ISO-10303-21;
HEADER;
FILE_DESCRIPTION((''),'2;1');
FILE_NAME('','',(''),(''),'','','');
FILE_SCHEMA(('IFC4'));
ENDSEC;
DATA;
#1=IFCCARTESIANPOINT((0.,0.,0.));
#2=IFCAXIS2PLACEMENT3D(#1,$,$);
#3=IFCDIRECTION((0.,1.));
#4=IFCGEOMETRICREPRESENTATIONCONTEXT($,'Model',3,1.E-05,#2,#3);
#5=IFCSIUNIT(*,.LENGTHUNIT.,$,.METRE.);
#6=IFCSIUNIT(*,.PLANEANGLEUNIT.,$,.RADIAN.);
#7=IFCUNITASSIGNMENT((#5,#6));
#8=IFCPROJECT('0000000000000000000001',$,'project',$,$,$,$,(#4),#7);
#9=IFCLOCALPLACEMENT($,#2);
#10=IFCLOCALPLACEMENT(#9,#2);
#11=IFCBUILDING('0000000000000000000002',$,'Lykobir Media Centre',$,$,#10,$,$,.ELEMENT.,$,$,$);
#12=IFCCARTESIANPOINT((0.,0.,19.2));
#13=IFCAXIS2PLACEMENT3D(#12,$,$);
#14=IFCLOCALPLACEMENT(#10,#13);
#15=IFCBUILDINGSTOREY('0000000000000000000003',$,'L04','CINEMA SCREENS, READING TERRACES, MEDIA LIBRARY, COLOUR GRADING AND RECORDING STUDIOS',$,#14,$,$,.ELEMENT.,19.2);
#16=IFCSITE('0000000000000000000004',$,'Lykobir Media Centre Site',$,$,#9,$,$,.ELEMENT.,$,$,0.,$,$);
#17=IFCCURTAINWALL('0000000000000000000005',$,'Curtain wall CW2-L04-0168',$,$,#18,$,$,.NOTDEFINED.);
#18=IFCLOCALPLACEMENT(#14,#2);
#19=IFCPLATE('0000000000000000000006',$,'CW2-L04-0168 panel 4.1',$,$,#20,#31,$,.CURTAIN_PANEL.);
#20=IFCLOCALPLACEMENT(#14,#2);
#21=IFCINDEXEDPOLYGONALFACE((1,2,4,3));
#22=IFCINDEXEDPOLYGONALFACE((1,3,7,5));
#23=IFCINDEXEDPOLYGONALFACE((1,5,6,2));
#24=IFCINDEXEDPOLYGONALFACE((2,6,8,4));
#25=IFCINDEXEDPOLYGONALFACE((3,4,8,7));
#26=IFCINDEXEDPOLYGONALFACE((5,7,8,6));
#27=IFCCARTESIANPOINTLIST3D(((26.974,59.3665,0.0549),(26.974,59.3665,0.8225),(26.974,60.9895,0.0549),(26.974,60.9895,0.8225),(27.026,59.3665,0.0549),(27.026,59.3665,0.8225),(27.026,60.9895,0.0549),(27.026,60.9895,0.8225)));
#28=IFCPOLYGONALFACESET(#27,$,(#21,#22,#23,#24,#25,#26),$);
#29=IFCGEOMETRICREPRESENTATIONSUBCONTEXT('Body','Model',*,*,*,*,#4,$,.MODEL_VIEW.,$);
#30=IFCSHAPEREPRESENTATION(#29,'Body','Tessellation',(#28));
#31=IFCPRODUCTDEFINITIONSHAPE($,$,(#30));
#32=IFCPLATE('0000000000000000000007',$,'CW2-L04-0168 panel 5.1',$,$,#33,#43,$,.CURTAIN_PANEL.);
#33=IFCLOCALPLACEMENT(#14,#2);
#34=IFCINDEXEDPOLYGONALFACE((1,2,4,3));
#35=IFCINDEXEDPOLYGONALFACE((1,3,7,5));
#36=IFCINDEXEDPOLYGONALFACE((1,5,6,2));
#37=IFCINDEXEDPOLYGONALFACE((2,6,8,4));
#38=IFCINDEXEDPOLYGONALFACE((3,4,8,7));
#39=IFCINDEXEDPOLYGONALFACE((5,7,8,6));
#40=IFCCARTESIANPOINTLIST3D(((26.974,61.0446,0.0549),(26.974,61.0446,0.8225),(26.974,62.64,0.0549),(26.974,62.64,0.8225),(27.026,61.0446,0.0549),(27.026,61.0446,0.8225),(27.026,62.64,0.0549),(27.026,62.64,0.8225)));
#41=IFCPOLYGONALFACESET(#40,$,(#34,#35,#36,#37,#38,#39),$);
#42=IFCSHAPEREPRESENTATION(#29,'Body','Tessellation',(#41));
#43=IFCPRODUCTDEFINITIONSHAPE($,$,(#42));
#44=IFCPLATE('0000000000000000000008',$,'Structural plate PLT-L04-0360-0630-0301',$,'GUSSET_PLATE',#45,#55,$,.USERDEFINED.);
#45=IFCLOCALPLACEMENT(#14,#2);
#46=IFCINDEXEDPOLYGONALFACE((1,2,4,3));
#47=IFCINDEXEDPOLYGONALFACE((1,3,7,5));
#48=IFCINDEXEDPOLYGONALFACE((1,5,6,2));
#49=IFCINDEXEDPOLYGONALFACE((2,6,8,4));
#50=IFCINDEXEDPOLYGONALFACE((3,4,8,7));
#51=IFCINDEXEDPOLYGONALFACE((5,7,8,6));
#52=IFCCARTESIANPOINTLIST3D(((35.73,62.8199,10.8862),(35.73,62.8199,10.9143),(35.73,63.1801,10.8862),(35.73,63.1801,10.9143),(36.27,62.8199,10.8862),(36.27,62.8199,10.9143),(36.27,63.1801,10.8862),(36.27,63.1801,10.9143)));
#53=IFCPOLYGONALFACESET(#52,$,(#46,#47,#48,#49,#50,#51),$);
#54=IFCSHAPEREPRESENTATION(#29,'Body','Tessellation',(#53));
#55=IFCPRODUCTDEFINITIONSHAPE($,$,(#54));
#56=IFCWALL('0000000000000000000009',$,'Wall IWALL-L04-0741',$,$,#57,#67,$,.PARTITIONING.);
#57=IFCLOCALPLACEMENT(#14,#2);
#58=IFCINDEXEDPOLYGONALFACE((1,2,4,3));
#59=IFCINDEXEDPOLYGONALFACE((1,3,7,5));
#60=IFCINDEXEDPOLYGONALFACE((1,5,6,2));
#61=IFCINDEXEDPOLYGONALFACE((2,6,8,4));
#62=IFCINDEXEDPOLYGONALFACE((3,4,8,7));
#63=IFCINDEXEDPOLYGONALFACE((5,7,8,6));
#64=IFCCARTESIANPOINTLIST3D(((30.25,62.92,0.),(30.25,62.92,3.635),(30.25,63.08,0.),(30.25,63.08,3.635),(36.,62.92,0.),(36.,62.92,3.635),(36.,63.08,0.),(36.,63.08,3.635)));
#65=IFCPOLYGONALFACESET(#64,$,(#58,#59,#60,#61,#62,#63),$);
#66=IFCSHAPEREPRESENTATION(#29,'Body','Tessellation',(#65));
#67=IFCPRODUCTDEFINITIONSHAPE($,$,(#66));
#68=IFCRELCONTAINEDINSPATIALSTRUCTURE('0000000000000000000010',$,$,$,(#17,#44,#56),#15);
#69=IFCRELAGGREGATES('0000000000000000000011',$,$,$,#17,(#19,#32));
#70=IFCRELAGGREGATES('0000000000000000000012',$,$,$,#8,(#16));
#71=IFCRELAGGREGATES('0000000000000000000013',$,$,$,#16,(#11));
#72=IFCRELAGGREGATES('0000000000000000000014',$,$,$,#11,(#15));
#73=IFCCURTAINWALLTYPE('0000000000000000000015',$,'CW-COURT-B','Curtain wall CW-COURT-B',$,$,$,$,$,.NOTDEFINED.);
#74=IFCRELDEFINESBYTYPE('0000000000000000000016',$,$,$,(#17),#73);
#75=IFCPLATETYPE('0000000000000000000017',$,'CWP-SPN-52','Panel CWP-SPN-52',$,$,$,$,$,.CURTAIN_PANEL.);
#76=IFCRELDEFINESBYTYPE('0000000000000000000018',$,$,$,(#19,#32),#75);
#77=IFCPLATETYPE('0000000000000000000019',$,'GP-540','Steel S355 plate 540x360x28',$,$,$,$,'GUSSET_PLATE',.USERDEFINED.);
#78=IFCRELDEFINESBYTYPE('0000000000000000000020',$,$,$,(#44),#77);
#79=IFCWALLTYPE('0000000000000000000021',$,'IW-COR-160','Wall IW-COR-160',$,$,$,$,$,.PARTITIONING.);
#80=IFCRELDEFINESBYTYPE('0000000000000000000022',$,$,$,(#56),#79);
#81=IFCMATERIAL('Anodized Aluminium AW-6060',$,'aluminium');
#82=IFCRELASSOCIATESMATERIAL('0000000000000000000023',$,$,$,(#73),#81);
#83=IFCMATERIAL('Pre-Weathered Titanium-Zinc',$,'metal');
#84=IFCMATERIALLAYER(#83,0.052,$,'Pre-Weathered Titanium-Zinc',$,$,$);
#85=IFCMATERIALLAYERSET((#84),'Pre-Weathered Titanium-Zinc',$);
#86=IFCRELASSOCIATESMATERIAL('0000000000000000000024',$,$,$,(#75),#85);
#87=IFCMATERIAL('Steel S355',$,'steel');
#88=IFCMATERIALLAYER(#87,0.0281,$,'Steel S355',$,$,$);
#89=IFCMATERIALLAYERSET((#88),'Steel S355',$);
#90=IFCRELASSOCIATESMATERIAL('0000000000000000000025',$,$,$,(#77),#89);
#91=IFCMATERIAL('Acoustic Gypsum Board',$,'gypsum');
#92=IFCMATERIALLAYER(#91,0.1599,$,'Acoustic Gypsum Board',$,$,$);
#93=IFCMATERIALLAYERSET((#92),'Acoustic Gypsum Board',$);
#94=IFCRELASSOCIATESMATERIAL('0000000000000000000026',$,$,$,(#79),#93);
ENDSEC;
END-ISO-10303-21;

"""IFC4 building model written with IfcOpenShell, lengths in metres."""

from ifc_helpers import new_model, si_unit, direction, frame, frame_2d, origin, origin_2d, place, context, subcontext, project, spatial, rectangle, extrude, material, layer, layer_set, type_object, element, aggregate, save


model = new_model("IFC4")

# Units and contexts
model_context = context("Model", 3, precision=1e-05, world=origin(), true_north=direction((0.0, 1.0)))
body_context = subcontext(model_context, "Body", "Model", "MODEL_VIEW")
ifc_project = project(units=[si_unit("LENGTHUNIT", "METRE"), si_unit("PLANEANGLEUNIT", "RADIAN")], contexts=[model_context])

# Site, building, storey
site_placement = place(None, origin())
site = spatial("IfcSite", under=ifc_project, at=site_placement, Name="Lykobir Media Centre Site", CompositionType="ELEMENT", RefElevation=0.0)
building_placement = place(site_placement, origin())
building = spatial("IfcBuilding", under=site, at=building_placement, Name="Lykobir Media Centre", CompositionType="ELEMENT")
storey_placement = place(building_placement, frame((0.0, 0.0, 19.2)))
storey = spatial("IfcBuildingStorey", under=building, at=storey_placement, Name="L04", Description="CINEMA SCREENS, READING TERRACES, MEDIA LIBRARY, COLOUR GRADING AND RECORDING STUDIOS", CompositionType="ELEMENT", Elevation=19.2)

# Shared definitions
ifc_material_1 = material(Name="Steel S355", Category="steel")

# Curtain wall
ifc_material_2 = material(Name="Anodized Aluminium AW-6060", Category="aluminium")
curtain_wall_type = type_object("IfcCurtainWallType", Name="CW-COURT-B", Description="Curtain wall CW-COURT-B", PredefinedType="NOTDEFINED", material=ifc_material_2)
curtain_wall_1_placement = place(storey_placement, origin())
curtain_wall_1 = element("IfcCurtainWall", 1, at=curtain_wall_1_placement, inside=storey, type_object=curtain_wall_type, Name="Curtain wall CW2-L04-0168", PredefinedType="NOTDEFINED")

# Plates
ifc_material_3 = material(Name="Pre-Weathered Titanium-Zinc", Category="metal")
ifc_layer_1 = layer(ifc_material_3, 0.052, Name="Pre-Weathered Titanium-Zinc")
ifc_layer_set_1 = layer_set([ifc_layer_1], Name="Pre-Weathered Titanium-Zinc")
plate_type_1 = type_object("IfcPlateType", Name="CWP-SPN-52", Description="Panel CWP-SPN-52", PredefinedType="CURTAIN_PANEL", material=ifc_layer_set_1)
plate_1_placement = place(storey_placement, frame((27.0, 60.178, 0.0549), z_axis=(0.0, 0.0, 1.0), x_axis=(0.0, 1.0, 0.0)))
plate_1 = element("IfcPlate", 2, at=plate_1_placement, type_object=plate_type_1, Name="CW2-L04-0168 panel 4.1", PredefinedType="CURTAIN_PANEL", context=body_context, shape_type="SweptSolid", body=[
    extrude(rectangle(XDim=1.623, YDim=0.052, at=origin_2d()), origin(), (0.0, 0.0, 1.0), 0.7676),
])
plate_2_placement = place(storey_placement, frame((27.0, 61.8423, 0.0549), z_axis=(0.0, 0.0, 1.0), x_axis=(0.0, 1.0, 0.0)))
plate_2 = element("IfcPlate", 3, at=plate_2_placement, type_object=plate_type_1, Name="CW2-L04-0168 panel 5.1", PredefinedType="CURTAIN_PANEL", context=body_context, shape_type="SweptSolid", body=[
    extrude(rectangle(XDim=1.5955, YDim=0.052, at=origin_2d()), origin(), (0.0, 0.0, 1.0), 0.7676),
])
aggregate(curtain_wall_1, [plate_1, plate_2])
ifc_layer_2 = layer(ifc_material_1, 0.0281, Name="Steel S355")
ifc_layer_set_2 = layer_set([ifc_layer_2], Name="Steel S355")
plate_type_2 = type_object("IfcPlateType", Name="GP-540", Description="Steel S355 plate 540x360x28", ElementType="GUSSET_PLATE", PredefinedType="USERDEFINED", material=ifc_layer_set_2)
plate_3_placement = place(storey_placement, frame((36.0, 63.0, 10.8862), z_axis=(0.0, 0.0, 1.0), x_axis=(1.0, 0.0, 0.0)))
element("IfcPlate", 4, at=plate_3_placement, inside=storey, type_object=plate_type_2, Name="Structural plate PLT-L04-0360-0630-0301", ObjectType="GUSSET_PLATE", PredefinedType="USERDEFINED", context=body_context, shape_type="SweptSolid", body=[
    extrude(rectangle(XDim=0.54, YDim=0.3601, at=origin_2d()), origin(), (0.0, 0.0, 1.0), 0.0281),
])

# Wall
ifc_material_4 = material(Name="Acoustic Gypsum Board", Category="gypsum")
ifc_layer_3 = layer(ifc_material_4, 0.1599, Name="Acoustic Gypsum Board")
ifc_layer_set_3 = layer_set([ifc_layer_3], Name="Acoustic Gypsum Board")
wall_type = type_object("IfcWallType", Name="IW-COR-160", Description="Wall IW-COR-160", PredefinedType="PARTITIONING", material=ifc_layer_set_3)
wall_placement = place(storey_placement, frame((30.25, 63.0, 0.0), z_axis=(0.0, 0.0, 1.0), x_axis=(1.0, 0.0, 0.0)))
element("IfcWall", 5, at=wall_placement, inside=storey, type_object=wall_type, Name="Wall IWALL-L04-0741", PredefinedType="PARTITIONING", context=body_context, shape_type="SweptSolid", body=[
    extrude(rectangle(XDim=5.75, YDim=0.1599, at=frame_2d((2.875, 0.0))), origin(), (0.0, 0.0, 1.0), 3.635),
])

save(model, "model.ifc")
